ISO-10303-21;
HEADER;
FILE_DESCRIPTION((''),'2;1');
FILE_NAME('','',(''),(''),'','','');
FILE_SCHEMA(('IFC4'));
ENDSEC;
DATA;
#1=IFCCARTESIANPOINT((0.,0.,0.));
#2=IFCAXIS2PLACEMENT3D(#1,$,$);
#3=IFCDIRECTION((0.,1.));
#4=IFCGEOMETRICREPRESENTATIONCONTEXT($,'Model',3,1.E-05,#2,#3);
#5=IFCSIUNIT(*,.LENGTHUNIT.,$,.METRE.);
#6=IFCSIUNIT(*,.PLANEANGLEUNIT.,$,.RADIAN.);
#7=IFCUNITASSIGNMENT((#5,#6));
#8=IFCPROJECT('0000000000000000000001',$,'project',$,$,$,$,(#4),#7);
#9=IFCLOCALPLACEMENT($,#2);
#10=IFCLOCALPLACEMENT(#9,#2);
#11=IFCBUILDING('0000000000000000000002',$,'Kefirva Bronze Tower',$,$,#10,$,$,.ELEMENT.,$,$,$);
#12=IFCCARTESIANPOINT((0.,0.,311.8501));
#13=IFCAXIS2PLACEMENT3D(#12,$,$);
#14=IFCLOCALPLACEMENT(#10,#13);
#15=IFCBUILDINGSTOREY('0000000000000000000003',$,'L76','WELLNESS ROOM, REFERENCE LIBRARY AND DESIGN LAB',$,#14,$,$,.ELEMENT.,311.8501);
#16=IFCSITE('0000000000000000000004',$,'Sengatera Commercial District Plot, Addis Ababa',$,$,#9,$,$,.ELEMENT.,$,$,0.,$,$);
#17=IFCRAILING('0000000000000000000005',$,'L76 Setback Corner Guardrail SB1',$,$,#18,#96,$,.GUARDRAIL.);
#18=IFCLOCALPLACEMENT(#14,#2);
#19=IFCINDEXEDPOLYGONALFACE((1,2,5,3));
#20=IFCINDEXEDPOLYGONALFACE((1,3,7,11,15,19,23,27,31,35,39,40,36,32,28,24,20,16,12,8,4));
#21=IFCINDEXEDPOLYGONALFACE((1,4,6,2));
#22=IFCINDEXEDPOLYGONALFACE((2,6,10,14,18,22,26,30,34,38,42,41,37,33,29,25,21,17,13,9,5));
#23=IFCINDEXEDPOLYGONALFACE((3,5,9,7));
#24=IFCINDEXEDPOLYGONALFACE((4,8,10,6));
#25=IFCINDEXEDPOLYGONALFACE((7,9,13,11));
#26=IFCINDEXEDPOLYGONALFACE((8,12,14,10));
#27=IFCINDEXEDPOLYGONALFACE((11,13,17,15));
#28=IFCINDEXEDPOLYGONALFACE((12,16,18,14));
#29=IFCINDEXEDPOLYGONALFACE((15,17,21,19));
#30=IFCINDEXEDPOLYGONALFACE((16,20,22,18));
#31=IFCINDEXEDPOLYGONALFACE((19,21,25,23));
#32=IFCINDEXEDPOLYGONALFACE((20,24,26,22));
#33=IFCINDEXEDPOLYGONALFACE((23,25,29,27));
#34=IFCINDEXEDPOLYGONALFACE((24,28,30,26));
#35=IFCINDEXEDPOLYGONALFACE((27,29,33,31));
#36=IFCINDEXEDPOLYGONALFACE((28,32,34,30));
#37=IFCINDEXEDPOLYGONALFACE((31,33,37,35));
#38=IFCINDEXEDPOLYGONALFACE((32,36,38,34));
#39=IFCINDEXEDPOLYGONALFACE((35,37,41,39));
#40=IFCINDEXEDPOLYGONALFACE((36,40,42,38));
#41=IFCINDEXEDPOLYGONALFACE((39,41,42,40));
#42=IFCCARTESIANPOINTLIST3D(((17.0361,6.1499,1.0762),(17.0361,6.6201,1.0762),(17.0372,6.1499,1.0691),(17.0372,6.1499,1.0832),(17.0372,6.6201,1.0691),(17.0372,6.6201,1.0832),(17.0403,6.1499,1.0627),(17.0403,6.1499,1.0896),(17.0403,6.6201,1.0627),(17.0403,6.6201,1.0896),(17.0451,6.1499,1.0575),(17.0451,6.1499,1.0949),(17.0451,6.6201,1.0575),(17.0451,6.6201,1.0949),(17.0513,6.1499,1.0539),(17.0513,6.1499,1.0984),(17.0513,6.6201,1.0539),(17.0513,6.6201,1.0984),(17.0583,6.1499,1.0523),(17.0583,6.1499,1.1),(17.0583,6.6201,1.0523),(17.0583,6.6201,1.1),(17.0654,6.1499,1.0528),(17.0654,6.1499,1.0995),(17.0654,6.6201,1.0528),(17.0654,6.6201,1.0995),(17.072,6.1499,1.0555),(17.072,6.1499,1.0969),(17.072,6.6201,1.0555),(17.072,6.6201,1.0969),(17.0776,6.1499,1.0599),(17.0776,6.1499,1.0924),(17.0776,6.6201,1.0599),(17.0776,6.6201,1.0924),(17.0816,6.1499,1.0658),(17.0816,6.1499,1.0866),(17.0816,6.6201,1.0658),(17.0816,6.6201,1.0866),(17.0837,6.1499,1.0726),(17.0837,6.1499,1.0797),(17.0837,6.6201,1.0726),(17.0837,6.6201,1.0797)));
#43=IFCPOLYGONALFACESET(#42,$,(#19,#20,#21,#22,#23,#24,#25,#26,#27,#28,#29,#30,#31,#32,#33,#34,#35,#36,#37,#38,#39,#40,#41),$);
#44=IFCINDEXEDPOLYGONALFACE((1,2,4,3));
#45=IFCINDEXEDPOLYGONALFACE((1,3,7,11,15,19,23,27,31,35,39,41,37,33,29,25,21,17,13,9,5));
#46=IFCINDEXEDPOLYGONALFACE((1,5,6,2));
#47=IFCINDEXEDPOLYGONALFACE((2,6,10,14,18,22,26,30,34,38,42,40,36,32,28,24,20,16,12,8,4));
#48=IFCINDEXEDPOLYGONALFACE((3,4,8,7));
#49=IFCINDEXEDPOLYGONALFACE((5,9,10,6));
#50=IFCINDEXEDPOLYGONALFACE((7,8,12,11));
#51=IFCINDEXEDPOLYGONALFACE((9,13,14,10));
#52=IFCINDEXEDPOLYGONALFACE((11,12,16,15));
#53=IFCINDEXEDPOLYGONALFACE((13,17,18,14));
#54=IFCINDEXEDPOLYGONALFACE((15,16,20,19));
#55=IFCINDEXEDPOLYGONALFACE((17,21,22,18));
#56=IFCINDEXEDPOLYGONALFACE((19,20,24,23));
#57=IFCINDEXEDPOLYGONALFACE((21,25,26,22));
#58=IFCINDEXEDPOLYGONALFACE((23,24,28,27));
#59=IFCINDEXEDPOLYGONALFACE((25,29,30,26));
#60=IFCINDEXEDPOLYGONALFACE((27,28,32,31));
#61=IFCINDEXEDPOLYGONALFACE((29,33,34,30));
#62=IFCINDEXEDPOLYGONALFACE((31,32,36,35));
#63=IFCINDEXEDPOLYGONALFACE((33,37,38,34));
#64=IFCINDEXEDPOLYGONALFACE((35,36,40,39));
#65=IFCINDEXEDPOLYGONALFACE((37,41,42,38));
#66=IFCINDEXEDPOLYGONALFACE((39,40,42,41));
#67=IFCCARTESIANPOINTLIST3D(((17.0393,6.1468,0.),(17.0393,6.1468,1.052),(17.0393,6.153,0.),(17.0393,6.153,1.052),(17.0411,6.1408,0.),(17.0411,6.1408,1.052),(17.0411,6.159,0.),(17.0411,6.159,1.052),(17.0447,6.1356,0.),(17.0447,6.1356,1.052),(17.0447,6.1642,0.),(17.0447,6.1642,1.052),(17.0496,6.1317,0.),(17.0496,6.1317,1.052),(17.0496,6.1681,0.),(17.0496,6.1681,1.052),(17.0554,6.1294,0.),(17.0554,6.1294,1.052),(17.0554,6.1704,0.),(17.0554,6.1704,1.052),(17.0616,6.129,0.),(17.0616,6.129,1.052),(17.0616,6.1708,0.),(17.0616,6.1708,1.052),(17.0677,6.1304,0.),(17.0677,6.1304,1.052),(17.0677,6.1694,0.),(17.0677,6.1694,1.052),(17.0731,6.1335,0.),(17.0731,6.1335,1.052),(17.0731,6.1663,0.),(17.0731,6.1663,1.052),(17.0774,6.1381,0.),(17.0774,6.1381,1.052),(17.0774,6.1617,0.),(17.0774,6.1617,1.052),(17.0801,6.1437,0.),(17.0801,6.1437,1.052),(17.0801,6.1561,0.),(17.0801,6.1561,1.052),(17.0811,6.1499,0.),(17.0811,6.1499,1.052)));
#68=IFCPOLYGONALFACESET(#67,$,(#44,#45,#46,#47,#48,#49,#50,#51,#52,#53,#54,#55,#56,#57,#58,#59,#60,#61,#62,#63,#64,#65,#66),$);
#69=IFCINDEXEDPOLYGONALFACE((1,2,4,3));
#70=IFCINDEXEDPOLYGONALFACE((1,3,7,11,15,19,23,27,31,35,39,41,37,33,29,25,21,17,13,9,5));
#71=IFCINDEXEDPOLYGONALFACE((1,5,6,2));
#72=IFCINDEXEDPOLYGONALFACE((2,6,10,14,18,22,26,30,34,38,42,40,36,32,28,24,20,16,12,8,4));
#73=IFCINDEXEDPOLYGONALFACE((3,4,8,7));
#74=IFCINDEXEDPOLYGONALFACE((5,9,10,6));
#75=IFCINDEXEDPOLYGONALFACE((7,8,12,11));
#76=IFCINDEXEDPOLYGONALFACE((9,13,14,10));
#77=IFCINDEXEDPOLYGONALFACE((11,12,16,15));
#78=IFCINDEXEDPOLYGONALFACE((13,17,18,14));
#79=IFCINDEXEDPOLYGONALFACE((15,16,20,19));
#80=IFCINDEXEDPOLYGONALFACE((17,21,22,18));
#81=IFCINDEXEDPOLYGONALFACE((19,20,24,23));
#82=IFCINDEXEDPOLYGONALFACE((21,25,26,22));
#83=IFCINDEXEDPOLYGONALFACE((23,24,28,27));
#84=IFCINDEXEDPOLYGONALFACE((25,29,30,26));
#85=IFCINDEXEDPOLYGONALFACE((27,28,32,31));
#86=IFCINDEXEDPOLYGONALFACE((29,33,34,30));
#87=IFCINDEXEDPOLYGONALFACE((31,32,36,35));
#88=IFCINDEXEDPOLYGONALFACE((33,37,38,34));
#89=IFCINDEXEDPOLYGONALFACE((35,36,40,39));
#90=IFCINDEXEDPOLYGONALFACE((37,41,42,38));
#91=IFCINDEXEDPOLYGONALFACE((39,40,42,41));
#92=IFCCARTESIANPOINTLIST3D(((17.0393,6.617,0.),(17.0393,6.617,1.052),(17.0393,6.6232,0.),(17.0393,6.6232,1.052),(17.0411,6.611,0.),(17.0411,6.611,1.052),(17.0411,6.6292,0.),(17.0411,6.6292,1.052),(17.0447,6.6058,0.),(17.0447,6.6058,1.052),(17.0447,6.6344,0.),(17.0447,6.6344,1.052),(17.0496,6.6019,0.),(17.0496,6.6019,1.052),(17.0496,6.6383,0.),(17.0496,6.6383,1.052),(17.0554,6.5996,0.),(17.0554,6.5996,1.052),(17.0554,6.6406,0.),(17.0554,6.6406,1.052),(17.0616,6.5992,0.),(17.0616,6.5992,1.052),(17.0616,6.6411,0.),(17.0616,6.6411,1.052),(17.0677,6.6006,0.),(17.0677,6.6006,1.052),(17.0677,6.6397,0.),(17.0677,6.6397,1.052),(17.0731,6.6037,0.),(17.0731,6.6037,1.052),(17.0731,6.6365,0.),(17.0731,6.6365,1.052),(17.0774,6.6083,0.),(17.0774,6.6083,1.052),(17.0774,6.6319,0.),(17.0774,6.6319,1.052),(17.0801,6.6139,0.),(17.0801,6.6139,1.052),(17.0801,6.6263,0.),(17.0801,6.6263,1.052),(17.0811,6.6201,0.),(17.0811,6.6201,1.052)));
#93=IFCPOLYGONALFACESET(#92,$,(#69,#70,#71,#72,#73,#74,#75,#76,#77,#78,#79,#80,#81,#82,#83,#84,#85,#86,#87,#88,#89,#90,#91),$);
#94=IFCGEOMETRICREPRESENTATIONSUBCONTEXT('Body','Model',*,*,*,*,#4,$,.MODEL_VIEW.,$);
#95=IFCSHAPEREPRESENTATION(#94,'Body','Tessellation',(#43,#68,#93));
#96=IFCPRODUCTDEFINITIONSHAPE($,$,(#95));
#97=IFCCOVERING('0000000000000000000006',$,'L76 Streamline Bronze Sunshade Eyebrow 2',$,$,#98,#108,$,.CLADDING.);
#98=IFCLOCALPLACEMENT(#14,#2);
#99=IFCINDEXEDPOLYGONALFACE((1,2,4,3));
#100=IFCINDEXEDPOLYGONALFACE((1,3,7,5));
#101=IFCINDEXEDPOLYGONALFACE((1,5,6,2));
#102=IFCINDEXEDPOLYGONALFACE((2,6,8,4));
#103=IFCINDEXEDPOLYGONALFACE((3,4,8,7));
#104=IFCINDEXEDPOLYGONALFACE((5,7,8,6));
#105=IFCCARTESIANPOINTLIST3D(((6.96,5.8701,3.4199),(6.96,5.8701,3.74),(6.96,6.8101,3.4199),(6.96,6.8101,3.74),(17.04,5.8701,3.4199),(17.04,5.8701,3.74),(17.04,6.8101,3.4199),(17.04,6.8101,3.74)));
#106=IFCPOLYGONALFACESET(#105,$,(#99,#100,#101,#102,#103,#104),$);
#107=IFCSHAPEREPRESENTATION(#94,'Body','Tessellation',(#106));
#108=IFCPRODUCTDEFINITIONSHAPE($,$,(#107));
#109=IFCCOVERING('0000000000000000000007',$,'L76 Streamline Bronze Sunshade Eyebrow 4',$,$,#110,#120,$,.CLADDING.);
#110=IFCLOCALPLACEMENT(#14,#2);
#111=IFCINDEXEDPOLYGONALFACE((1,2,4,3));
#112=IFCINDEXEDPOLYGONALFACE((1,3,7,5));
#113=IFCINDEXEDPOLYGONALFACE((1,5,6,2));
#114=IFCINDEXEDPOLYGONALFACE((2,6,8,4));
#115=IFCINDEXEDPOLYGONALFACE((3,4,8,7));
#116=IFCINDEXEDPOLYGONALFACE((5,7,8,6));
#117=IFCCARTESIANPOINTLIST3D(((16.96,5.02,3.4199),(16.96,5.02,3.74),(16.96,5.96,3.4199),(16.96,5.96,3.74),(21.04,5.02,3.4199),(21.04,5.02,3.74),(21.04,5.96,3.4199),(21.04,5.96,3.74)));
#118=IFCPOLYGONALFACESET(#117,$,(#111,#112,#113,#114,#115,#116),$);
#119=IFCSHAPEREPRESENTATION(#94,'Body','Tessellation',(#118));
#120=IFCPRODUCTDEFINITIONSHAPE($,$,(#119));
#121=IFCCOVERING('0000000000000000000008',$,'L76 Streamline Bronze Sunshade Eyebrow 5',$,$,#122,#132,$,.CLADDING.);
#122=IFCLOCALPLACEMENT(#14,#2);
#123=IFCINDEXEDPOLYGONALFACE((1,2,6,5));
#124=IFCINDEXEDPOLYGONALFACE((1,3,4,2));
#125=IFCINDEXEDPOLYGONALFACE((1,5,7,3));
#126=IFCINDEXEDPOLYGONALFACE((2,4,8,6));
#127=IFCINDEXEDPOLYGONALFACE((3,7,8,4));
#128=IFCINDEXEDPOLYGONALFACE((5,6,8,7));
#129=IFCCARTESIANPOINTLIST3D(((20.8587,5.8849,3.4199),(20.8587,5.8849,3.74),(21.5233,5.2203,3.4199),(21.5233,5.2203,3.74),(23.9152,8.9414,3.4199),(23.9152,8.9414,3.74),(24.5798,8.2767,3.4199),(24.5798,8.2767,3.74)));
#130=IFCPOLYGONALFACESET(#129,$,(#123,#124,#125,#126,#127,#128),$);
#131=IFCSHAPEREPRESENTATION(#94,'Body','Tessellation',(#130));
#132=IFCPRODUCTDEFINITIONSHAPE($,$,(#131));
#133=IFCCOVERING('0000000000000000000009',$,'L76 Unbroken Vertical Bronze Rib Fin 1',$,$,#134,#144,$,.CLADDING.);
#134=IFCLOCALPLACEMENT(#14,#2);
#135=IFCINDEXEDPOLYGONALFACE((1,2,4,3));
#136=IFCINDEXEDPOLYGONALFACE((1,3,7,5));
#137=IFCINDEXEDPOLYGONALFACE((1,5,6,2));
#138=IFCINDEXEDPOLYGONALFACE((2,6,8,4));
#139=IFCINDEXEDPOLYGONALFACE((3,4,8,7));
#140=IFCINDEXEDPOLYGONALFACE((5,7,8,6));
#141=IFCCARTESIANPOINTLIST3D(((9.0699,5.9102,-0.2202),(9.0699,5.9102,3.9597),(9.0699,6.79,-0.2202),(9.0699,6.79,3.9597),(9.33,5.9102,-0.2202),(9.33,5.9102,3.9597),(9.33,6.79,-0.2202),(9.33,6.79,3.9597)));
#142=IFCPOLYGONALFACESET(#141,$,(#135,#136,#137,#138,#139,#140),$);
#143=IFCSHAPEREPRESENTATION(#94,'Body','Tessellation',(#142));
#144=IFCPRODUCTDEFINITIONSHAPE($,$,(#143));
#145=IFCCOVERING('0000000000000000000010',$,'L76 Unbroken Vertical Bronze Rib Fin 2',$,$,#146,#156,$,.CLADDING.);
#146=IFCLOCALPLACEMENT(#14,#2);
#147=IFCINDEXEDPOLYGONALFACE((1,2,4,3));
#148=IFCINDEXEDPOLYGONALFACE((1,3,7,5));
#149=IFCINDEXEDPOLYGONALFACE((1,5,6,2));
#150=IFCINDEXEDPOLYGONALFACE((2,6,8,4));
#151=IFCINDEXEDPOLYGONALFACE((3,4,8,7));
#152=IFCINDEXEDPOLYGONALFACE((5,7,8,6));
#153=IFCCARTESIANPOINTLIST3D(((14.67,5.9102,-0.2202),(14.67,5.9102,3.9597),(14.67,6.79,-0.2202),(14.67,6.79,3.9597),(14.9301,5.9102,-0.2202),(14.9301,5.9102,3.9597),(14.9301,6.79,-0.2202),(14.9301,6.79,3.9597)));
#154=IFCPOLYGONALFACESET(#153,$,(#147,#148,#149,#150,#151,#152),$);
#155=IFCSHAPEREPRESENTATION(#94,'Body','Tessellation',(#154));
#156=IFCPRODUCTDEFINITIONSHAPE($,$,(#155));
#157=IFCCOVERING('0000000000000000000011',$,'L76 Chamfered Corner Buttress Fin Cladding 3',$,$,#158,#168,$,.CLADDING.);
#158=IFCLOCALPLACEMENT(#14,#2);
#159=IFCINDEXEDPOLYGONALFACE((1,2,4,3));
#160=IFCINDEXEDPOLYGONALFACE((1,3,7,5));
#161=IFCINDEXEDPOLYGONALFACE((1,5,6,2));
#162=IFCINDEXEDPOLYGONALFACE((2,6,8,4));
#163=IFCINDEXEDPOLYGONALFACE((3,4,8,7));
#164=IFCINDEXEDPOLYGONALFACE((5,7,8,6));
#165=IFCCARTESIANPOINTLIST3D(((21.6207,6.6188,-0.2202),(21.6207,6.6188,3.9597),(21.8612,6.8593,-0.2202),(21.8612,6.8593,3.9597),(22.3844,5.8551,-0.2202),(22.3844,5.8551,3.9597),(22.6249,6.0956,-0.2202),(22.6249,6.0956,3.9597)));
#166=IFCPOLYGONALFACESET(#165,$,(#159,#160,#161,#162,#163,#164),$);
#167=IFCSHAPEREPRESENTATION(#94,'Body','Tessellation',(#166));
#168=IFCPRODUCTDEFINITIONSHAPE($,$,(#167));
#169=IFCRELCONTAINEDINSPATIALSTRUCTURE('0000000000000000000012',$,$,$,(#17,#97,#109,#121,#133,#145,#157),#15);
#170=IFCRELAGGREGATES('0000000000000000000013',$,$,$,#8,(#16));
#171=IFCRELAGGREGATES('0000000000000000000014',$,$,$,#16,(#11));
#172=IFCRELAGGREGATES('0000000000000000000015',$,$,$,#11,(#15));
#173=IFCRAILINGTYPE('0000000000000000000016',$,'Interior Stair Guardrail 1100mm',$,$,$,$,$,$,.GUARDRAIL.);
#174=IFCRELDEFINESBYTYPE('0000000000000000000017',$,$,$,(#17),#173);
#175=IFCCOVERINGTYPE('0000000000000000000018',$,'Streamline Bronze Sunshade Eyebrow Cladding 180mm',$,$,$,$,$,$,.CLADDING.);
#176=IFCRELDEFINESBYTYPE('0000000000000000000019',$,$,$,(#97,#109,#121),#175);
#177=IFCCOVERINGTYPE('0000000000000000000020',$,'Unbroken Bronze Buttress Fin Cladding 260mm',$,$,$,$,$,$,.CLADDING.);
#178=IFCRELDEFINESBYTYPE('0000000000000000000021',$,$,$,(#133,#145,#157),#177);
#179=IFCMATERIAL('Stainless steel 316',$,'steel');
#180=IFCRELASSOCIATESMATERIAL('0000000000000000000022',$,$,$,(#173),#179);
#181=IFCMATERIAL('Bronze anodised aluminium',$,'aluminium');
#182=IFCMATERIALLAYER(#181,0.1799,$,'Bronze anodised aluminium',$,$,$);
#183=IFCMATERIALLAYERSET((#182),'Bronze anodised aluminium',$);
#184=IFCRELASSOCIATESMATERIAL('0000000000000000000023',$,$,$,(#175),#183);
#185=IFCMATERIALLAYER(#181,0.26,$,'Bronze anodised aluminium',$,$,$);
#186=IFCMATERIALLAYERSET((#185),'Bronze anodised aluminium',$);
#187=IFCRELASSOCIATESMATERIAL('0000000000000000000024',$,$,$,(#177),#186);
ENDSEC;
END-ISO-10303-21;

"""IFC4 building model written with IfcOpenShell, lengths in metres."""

from ifc_helpers import new_model, si_unit, direction, frame, origin, origin_2d, place, context, subcontext, project, spatial, rectangle, circle, extrude, material, layer, layer_set, type_object, element, save


model = new_model("IFC4")

# Units and contexts
model_context = context("Model", 3, precision=1e-05, world=origin(), true_north=direction((0.0, 1.0)))
body_context = subcontext(model_context, "Body", "Model", "MODEL_VIEW")
ifc_project = project(units=[si_unit("LENGTHUNIT", "METRE"), si_unit("PLANEANGLEUNIT", "RADIAN")], contexts=[model_context])

# Site, building, storey
site_placement = place(None, origin())
site = spatial("IfcSite", under=ifc_project, at=site_placement, Name="Sengatera Commercial District Plot, Addis Ababa", CompositionType="ELEMENT", RefElevation=0.0)
building_placement = place(site_placement, origin())
building = spatial("IfcBuilding", under=site, at=building_placement, Name="Kefirva Bronze Tower", CompositionType="ELEMENT")
storey_placement = place(building_placement, frame((0.0, 0.0, 311.8501)))
storey = spatial("IfcBuildingStorey", under=building, at=storey_placement, Name="L76", Description="WELLNESS ROOM, REFERENCE LIBRARY AND DESIGN LAB", CompositionType="ELEMENT", Elevation=311.8501)

# Shared definitions
ifc_material_1 = material(Name="Bronze anodised aluminium", Category="aluminium")

# Railing
ifc_material_2 = material(Name="Stainless steel 316", Category="steel")
railing_type = type_object("IfcRailingType", Name="Interior Stair Guardrail 1100mm", PredefinedType="GUARDRAIL", material=ifc_material_2)
railing_placement = place(storey_placement, frame((17.0601, 6.1499, 0.0)))
element("IfcRailing", 1, at=railing_placement, inside=storey, type_object=railing_type, Name="L76 Setback Corner Guardrail SB1", PredefinedType="GUARDRAIL", context=body_context, shape_type="SweptSolid", body=[
    extrude(circle(Radius=0.0239, at=origin_2d()), frame((0.0, 0.0, 1.0762), z_axis=(0.0, 1.0, 0.0), x_axis=(-1.0, 0.0, 0.0)), (0.0, 0.0, 1.0), 0.4702),
    extrude(circle(Radius=0.021, at=origin_2d()), origin(), (0.0, 0.0, 1.0), 1.052),
    extrude(circle(Radius=0.021, at=origin_2d()), frame((0.0, 0.4702, 0.0)), (0.0, 0.0, 1.0), 1.052),
])

# Coverings
ifc_layer_1 = layer(ifc_material_1, 0.1799, Name="Bronze anodised aluminium")
ifc_layer_set_1 = layer_set([ifc_layer_1], Name="Bronze anodised aluminium")
covering_type_1 = type_object("IfcCoveringType", Name="Streamline Bronze Sunshade Eyebrow Cladding 180mm", PredefinedType="CLADDING", material=ifc_layer_set_1)
covering_1_placement = place(storey_placement, frame((12.0, 6.3401, 3.4199), z_axis=(0.0, 0.0, 1.0), x_axis=(1.0, 0.0, 0.0)))
element("IfcCovering", 2, at=covering_1_placement, inside=storey, type_object=covering_type_1, Name="L76 Streamline Bronze Sunshade Eyebrow 2", PredefinedType="CLADDING", context=body_context, shape_type="SweptSolid", body=[
    extrude(rectangle(XDim=10.0801, YDim=0.9399, at=origin_2d()), origin(), (0.0, 0.0, 1.0), 0.3201),
])
covering_2_placement = place(storey_placement, frame((19.0, 5.49, 3.4199), z_axis=(0.0, 0.0, 1.0), x_axis=(1.0, 0.0, 0.0)))
element("IfcCovering", 3, at=covering_2_placement, inside=storey, type_object=covering_type_1, Name="L76 Streamline Bronze Sunshade Eyebrow 4", PredefinedType="CLADDING", context=body_context, shape_type="SweptSolid", body=[
    extrude(rectangle(XDim=4.0801, YDim=0.9399, at=origin_2d()), origin(), (0.0, 0.0, 1.0), 0.3201),
])
covering_3_placement = place(storey_placement, frame((22.7192, 7.0808, 3.4199), z_axis=(0.0, 0.0, 1.0), x_axis=(0.707107, 0.707107, 0.0)))
element("IfcCovering", 4, at=covering_3_placement, inside=storey, type_object=covering_type_1, Name="L76 Streamline Bronze Sunshade Eyebrow 5", PredefinedType="CLADDING", context=body_context, shape_type="SweptSolid", body=[
    extrude(rectangle(XDim=4.3225, YDim=0.9399, at=origin_2d()), origin(), (0.0, 0.0, 1.0), 0.3201),
])
ifc_layer_2 = layer(ifc_material_1, 0.26, Name="Bronze anodised aluminium")
ifc_layer_set_2 = layer_set([ifc_layer_2], Name="Bronze anodised aluminium")
covering_type_2 = type_object("IfcCoveringType", Name="Unbroken Bronze Buttress Fin Cladding 260mm", PredefinedType="CLADDING", material=ifc_layer_set_2)
for number, where, z_axis, x_axis, name in (
    (5, (9.2, 6.3501, -0.2202), (0.0, 0.0, 1.0), (1.0, 0.0, 0.0), "L76 Unbroken Vertical Bronze Rib Fin 1"),
    (6, (14.8, 6.3501, -0.2202), (0.0, 0.0, 1.0), (1.0, 0.0, 0.0), "L76 Unbroken Vertical Bronze Rib Fin 2"),
):
    element("IfcCovering", number, at=place(storey_placement, frame(where, z_axis=z_axis, x_axis=x_axis)), inside=storey, type_object=covering_type_2, Name=name, PredefinedType="CLADDING", context=body_context, shape_type="SweptSolid", body=[
        extrude(rectangle(XDim=0.26, YDim=0.8799, at=origin_2d()), origin(), (0.0, 0.0, 1.0), 4.1799),
    ])
covering_4_placement = place(storey_placement, frame((22.1228, 6.3572, -0.2202), z_axis=(0.0, 0.0, 1.0), x_axis=(0.707107, 0.707107, 0.0)))
element("IfcCovering", 7, at=covering_4_placement, inside=storey, type_object=covering_type_2, Name="L76 Chamfered Corner Buttress Fin Cladding 3", PredefinedType="CLADDING", context=body_context, shape_type="SweptSolid", body=[
    extrude(rectangle(XDim=0.3401, YDim=1.0801, at=origin_2d()), origin(), (0.0, 0.0, 1.0), 4.1799),
])

save(model, "model.ifc")
